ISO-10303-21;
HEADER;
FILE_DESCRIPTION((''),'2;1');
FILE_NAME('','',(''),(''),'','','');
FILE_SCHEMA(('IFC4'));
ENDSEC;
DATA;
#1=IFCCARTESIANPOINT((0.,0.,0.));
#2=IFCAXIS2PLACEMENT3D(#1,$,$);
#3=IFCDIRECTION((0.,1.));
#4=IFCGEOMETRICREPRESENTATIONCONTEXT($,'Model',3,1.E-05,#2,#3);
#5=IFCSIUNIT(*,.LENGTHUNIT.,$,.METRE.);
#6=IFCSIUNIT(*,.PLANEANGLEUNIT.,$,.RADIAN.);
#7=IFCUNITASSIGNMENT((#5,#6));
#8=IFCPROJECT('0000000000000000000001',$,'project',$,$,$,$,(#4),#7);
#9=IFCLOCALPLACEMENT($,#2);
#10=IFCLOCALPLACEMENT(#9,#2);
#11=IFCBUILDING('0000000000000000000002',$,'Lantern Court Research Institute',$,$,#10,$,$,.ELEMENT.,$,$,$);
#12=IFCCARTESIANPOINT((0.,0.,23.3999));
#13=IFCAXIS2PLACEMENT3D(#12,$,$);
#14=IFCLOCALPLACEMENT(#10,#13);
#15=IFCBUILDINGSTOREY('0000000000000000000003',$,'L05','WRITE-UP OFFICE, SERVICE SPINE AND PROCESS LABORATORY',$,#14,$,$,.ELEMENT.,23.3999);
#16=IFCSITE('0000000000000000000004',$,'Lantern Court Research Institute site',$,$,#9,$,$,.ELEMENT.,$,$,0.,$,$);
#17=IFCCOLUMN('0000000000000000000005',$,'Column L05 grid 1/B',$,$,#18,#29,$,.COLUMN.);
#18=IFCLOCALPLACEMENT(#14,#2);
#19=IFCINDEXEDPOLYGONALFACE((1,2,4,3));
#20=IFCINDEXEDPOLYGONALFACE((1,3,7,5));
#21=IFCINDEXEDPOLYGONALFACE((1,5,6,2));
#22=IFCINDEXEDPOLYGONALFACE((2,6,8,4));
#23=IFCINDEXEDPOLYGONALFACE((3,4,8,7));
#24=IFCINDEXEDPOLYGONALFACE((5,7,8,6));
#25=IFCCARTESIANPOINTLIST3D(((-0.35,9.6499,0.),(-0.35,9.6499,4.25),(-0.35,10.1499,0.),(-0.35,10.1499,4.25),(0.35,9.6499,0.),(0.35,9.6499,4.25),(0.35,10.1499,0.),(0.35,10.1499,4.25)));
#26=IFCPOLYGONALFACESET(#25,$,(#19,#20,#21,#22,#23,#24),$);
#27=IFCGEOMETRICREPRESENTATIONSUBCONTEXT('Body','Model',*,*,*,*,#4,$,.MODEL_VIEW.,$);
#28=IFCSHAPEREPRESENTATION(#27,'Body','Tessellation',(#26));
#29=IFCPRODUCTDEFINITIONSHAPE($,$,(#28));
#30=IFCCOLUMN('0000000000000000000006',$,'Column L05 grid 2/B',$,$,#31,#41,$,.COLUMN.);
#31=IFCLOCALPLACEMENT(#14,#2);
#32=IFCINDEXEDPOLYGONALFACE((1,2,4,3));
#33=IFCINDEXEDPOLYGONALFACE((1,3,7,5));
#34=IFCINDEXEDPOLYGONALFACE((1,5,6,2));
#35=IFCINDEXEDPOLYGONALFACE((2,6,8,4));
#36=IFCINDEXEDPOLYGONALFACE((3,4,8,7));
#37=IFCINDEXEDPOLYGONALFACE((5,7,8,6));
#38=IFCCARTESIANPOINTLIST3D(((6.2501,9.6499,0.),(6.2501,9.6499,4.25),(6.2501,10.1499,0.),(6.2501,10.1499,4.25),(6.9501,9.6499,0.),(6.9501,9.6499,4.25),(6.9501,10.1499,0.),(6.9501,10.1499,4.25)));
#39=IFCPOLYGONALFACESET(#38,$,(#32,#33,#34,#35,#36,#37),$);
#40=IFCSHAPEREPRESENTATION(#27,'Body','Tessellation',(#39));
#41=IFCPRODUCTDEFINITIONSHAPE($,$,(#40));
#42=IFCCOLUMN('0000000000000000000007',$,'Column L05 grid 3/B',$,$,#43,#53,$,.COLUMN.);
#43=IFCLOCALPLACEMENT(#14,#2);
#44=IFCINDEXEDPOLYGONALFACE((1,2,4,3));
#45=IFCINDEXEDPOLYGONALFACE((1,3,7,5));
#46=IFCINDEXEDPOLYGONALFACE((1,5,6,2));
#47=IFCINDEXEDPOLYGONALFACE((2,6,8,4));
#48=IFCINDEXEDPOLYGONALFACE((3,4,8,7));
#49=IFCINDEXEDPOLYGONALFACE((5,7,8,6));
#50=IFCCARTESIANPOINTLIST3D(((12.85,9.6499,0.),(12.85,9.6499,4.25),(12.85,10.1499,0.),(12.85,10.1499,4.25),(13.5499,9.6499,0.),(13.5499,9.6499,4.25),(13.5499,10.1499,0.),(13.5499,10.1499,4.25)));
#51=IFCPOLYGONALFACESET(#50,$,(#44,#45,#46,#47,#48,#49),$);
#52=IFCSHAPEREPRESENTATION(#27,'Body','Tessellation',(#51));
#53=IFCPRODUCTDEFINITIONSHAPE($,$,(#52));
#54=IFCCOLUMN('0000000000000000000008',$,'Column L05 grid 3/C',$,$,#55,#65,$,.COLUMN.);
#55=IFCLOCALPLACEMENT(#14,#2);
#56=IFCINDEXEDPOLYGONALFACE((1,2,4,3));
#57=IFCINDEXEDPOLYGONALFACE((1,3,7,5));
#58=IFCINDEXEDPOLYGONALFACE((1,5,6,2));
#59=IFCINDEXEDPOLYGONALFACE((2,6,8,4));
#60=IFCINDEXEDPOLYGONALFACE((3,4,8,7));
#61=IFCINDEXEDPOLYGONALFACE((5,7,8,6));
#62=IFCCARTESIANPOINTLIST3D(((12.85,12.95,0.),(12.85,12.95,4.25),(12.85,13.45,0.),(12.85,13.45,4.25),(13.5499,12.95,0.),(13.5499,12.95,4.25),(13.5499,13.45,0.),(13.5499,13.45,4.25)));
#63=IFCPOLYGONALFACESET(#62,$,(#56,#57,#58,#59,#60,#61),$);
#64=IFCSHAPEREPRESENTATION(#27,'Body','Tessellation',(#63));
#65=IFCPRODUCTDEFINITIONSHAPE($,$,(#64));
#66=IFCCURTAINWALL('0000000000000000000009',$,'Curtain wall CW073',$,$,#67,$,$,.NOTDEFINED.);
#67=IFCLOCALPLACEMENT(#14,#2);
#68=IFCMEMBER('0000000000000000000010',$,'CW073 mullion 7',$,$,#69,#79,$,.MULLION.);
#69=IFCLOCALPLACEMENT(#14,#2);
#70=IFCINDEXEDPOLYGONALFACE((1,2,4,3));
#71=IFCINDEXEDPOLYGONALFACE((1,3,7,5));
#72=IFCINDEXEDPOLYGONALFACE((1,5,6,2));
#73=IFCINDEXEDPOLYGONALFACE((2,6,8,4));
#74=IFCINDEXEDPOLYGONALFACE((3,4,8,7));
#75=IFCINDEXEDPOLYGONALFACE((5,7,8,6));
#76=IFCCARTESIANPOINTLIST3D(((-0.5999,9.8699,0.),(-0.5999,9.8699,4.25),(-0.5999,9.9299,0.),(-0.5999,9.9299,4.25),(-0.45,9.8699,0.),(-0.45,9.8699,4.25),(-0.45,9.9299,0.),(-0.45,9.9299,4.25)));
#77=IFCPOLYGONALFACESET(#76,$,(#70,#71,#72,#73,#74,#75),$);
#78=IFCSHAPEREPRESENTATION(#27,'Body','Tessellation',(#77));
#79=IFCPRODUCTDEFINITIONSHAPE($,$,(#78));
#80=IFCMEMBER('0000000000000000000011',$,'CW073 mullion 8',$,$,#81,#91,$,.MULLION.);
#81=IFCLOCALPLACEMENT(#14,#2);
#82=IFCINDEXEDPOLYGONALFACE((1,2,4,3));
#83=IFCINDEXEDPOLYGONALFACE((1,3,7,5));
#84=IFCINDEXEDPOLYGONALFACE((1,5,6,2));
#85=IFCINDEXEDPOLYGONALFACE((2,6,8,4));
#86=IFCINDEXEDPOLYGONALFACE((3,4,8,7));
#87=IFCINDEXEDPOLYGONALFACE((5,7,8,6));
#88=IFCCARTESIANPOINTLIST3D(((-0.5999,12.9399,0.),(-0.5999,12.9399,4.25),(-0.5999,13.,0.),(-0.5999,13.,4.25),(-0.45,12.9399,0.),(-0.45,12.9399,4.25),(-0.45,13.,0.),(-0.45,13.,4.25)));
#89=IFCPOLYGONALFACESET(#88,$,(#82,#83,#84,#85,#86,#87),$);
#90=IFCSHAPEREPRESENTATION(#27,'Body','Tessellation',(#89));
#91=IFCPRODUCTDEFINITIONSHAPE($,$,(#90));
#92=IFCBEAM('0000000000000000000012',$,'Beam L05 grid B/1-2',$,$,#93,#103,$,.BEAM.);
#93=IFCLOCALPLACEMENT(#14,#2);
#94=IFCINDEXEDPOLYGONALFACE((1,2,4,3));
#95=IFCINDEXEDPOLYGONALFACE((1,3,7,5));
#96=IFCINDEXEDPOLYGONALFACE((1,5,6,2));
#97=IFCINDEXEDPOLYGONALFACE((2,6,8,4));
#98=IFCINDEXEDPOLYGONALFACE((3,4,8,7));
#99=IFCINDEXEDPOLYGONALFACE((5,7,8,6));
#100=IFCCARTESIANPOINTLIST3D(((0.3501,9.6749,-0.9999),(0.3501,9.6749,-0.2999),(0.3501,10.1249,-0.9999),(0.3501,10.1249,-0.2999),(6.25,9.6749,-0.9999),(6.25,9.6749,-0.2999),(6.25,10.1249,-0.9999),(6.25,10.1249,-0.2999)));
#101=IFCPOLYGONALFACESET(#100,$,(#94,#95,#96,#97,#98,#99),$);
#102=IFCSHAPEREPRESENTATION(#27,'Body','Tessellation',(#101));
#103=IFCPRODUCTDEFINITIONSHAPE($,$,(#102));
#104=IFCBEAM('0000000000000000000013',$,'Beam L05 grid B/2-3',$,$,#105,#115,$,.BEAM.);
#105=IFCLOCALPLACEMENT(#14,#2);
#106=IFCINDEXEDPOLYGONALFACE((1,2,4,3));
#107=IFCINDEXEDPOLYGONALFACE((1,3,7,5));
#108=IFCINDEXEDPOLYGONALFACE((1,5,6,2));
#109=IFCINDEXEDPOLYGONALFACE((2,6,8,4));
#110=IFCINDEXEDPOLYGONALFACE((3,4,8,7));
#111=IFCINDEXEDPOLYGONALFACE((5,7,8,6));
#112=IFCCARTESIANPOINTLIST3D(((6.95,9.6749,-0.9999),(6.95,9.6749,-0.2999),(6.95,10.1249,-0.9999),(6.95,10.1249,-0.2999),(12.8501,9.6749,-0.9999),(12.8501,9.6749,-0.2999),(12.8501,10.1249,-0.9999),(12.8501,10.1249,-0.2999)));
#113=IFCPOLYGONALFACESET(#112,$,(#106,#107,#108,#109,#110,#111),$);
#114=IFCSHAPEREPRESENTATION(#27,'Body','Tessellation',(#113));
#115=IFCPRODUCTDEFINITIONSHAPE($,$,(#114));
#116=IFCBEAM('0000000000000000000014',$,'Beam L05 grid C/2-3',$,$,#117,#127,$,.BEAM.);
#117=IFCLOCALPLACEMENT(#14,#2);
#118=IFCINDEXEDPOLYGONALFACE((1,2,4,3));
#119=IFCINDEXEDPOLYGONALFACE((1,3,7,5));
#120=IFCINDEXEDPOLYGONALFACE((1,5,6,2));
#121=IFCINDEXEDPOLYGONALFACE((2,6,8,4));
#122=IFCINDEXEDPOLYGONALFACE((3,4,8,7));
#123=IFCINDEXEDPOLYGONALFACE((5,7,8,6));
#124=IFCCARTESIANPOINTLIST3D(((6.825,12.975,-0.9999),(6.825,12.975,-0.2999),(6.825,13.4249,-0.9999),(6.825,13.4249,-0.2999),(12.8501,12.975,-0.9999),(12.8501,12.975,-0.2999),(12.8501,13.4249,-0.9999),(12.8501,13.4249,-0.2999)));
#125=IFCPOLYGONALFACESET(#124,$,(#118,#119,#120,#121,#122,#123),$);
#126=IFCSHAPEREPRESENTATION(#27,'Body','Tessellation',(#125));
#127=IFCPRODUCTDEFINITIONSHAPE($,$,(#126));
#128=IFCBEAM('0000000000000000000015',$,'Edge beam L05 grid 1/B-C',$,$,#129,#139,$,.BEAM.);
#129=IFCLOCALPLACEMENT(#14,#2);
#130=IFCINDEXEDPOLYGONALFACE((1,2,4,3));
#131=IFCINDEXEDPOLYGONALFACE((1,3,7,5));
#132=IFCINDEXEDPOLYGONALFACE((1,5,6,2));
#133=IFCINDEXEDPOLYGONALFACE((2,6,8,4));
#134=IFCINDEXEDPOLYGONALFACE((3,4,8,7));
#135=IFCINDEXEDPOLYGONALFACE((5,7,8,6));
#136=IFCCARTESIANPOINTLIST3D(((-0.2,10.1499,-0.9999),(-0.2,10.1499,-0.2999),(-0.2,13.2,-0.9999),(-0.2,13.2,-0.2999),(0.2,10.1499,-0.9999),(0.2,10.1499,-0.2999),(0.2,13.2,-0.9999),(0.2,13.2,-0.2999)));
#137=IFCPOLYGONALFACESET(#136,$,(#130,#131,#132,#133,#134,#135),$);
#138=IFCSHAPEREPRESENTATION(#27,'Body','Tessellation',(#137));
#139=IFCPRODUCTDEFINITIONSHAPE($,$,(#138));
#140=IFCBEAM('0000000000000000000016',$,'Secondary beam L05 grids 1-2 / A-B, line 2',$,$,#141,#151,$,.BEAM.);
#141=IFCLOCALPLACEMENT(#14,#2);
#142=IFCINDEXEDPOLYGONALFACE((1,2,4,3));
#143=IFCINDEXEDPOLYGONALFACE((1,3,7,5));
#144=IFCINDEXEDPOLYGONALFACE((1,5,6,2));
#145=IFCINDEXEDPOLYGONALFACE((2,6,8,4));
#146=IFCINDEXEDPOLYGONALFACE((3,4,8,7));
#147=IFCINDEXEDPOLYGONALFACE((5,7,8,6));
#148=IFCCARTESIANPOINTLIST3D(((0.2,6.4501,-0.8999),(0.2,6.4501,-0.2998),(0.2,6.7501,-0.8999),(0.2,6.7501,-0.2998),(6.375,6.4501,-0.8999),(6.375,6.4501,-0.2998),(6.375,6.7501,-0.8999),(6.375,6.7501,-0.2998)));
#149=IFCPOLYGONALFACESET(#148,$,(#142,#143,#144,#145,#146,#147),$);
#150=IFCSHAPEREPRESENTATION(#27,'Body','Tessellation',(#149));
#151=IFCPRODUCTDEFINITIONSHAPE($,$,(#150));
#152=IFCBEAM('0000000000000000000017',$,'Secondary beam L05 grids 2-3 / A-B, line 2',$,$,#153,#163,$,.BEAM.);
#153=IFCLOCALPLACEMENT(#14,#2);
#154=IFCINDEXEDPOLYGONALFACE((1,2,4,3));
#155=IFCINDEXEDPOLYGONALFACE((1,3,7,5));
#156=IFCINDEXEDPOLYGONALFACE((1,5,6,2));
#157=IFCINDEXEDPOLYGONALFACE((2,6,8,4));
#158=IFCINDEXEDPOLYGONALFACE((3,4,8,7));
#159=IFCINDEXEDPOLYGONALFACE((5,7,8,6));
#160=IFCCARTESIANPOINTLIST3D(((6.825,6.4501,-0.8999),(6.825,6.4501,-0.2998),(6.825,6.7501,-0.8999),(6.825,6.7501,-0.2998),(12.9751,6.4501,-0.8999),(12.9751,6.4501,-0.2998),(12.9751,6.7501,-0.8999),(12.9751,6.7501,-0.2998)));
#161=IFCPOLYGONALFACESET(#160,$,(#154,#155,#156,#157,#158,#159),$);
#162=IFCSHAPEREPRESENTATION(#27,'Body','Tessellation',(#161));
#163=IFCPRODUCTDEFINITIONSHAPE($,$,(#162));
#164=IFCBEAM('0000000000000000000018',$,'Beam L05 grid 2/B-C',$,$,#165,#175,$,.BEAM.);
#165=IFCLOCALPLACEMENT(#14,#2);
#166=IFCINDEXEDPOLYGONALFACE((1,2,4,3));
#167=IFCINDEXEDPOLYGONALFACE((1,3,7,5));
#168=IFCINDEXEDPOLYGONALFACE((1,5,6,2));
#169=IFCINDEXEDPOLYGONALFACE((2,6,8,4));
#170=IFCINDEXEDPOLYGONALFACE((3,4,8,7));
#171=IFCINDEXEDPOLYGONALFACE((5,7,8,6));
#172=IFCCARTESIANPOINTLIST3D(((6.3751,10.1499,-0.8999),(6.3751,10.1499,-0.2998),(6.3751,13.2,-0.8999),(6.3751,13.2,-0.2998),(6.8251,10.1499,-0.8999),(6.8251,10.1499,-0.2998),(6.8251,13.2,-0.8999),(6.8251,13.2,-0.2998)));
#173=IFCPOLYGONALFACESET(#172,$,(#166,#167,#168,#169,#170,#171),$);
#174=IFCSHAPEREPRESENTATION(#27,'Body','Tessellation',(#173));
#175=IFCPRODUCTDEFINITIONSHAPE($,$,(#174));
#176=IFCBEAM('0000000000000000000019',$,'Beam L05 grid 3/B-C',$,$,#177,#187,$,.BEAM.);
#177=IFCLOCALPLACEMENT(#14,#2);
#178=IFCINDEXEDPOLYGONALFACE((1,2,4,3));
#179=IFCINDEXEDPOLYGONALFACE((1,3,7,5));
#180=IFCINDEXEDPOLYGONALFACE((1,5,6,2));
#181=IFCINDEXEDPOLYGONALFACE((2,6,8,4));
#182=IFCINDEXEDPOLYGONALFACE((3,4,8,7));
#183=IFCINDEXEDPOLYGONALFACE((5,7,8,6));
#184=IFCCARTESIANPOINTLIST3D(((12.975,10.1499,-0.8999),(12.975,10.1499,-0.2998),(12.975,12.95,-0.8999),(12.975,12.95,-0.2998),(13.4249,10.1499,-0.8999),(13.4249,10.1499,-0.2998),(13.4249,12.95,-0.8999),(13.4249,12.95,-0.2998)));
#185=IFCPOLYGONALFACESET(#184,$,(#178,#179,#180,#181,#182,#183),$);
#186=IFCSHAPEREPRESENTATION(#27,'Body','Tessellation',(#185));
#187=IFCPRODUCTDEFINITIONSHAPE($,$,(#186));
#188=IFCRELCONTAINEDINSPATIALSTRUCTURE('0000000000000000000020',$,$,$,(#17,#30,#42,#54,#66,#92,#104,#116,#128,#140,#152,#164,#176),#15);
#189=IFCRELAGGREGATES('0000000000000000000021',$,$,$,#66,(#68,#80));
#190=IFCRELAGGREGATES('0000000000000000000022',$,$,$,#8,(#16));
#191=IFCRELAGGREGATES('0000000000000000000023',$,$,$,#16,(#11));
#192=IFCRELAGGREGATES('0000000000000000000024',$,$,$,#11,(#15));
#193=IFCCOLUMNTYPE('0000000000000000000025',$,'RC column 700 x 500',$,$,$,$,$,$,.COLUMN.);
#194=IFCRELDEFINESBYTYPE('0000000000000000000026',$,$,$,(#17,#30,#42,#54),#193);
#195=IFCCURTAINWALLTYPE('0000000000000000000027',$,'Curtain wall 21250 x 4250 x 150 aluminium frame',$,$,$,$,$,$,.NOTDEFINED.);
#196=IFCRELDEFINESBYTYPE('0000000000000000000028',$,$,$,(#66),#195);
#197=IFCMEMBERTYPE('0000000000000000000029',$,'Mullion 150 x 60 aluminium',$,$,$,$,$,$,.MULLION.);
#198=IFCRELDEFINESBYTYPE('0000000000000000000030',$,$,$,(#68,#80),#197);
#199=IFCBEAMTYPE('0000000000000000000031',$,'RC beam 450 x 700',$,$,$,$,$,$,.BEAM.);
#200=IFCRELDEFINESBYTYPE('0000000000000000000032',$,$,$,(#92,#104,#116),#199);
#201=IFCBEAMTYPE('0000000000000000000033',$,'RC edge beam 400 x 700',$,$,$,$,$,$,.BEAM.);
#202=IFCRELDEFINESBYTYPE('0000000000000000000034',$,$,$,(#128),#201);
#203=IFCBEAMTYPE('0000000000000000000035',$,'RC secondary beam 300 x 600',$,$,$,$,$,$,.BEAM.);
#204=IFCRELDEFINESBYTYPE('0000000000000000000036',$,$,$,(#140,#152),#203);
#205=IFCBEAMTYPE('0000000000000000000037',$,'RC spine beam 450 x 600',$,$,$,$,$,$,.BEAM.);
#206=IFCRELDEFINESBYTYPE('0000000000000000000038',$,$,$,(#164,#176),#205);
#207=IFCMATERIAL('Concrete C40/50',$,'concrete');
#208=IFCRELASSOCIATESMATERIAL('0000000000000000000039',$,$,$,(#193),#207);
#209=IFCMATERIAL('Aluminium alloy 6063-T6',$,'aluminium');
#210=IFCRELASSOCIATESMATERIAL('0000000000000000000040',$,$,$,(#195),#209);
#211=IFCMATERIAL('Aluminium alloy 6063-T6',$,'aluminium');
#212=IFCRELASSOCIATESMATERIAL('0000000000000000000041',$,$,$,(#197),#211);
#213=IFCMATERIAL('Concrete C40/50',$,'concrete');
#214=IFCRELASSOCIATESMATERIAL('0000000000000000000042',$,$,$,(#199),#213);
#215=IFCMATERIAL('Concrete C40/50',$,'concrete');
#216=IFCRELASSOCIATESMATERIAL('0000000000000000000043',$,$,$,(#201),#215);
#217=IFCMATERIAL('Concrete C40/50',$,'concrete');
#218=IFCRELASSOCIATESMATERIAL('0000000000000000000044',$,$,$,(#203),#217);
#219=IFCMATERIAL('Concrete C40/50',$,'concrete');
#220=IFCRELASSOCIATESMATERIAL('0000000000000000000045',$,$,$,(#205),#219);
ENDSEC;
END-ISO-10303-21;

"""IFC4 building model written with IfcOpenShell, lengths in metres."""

from ifc_helpers import new_model, si_unit, direction, frame, origin, origin_2d, place, context, subcontext, project, spatial, rectangle, extrude, material, material_profile, profile_set, type_object, element, aggregate, save


model = new_model("IFC4")

# Units and contexts
model_context = context("Model", 3, precision=1e-05, world=origin(), true_north=direction((0.0, 1.0)))
body_context = subcontext(model_context, "Body", "Model", "MODEL_VIEW")
ifc_project = project(units=[si_unit("LENGTHUNIT", "METRE"), si_unit("PLANEANGLEUNIT", "RADIAN")], contexts=[model_context])

# Site, building, storey
site_placement = place(None, origin())
site = spatial("IfcSite", under=ifc_project, at=site_placement, Name="Lantern Court Research Institute site", CompositionType="ELEMENT", RefElevation=0.0)
building_placement = place(site_placement, origin())
building = spatial("IfcBuilding", under=site, at=building_placement, Name="Lantern Court Research Institute", CompositionType="ELEMENT")
storey_placement = place(building_placement, frame((0.0, 0.0, 23.3999)))
storey = spatial("IfcBuildingStorey", under=building, at=storey_placement, Name="L05", Description="WRITE-UP OFFICE, SERVICE SPINE AND PROCESS LABORATORY", CompositionType="ELEMENT", Elevation=23.3999)

# Columns
ifc_material_1 = material(Name="Concrete C40/50", Category="concrete")
ifc_material_profile_1 = material_profile(ifc_material_1, rectangle(XDim=0.7, YDim=0.5, at=origin_2d()), Name="RC column 700 x 500")
ifc_profile_set_1 = profile_set([ifc_material_profile_1], Name="Concrete C40/50")
column_type = type_object("IfcColumnType", Name="RC column 700 x 500", PredefinedType="COLUMN", material=ifc_profile_set_1)
for number, where, z_axis, x_axis, name in (
    (1, (0.0, 9.8999, 0.0), (0.0, 0.0, 1.0), (1.0, 0.0, 0.0), "Column L05 grid 1/B"),
    (2, (6.6001, 9.8999, 0.0), (0.0, 0.0, 1.0), (1.0, 0.0, 0.0), "Column L05 grid 2/B"),
    (3, (13.2, 9.8999, 0.0), (0.0, 0.0, 1.0), (1.0, 0.0, 0.0), "Column L05 grid 3/B"),
    (4, (13.2, 13.2, 0.0), (0.0, 0.0, 1.0), (1.0, 0.0, 0.0), "Column L05 grid 3/C"),
):
    element("IfcColumn", number, at=place(storey_placement, frame(where, z_axis=z_axis, x_axis=x_axis)), inside=storey, type_object=column_type, Name=name, PredefinedType="COLUMN", context=body_context, shape_type="SweptSolid", body=[
        extrude(rectangle(XDim=0.7, YDim=0.5, at=origin_2d()), origin(), (0.0, 0.0, 1.0), 4.25),
    ])

# Curtain wall, members
ifc_material_2 = material(Name="Aluminium alloy 6063-T6", Category="aluminium")
curtain_wall_type = type_object("IfcCurtainWallType", Name="Curtain wall 21250 x 4250 x 150 aluminium frame", PredefinedType="NOTDEFINED", material=ifc_material_2)
curtain_wall_placement = place(storey_placement, origin())
curtain_wall = element("IfcCurtainWall", 5, at=curtain_wall_placement, inside=storey, type_object=curtain_wall_type, Name="Curtain wall CW073", PredefinedType="NOTDEFINED")
ifc_material_3 = material(Name="Aluminium alloy 6063-T6", Category="aluminium")
ifc_material_profile_2 = material_profile(ifc_material_3, rectangle(XDim=0.1499, YDim=0.0601, at=origin_2d()), Name="Mullion 150 x 60")
ifc_profile_set_2 = profile_set([ifc_material_profile_2], Name="Aluminium alloy 6063-T6")
member_type_1 = type_object("IfcMemberType", Name="Mullion 150 x 60 aluminium", PredefinedType="MULLION", material=ifc_profile_set_2)
member_1_placement = place(storey_placement, frame((-0.5249, 9.8999, 0.0), z_axis=(0.0, 0.0, 1.0), x_axis=(-1.0, 0.0, 0.0)))
member_1 = element("IfcMember", 6, at=member_1_placement, type_object=member_type_1, Name="CW073 mullion 7", PredefinedType="MULLION", context=body_context, shape_type="SweptSolid", body=[
    extrude(rectangle(XDim=0.1499, YDim=0.0601, at=origin_2d()), origin(), (0.0, 0.0, 1.0), 4.25),
])
member_2_placement = place(storey_placement, frame((-0.5249, 12.97, 0.0), z_axis=(0.0, 0.0, 1.0), x_axis=(-1.0, 0.0, 0.0)))
member_2 = element("IfcMember", 7, at=member_2_placement, type_object=member_type_1, Name="CW073 mullion 8", PredefinedType="MULLION", context=body_context, shape_type="SweptSolid", body=[
    extrude(rectangle(XDim=0.1499, YDim=0.0601, at=origin_2d()), origin(), (0.0, 0.0, 1.0), 4.25),
])

# Beams
ifc_material_4 = material(Name="Concrete C40/50", Category="concrete")
ifc_material_profile_3 = material_profile(ifc_material_4, rectangle(XDim=0.45, YDim=0.7, at=origin_2d()), Name="RC beam 450 x 700")
ifc_profile_set_3 = profile_set([ifc_material_profile_3], Name="Concrete C40/50")
beam_type_1 = type_object("IfcBeamType", Name="RC beam 450 x 700", PredefinedType="BEAM", material=ifc_profile_set_3)
beam_1_placement = place(storey_placement, frame((0.3501, 9.8999, -0.6499), z_axis=(1.0, 0.0, 0.0), x_axis=(0.0, 1.0, 0.0)))
element("IfcBeam", 8, at=beam_1_placement, inside=storey, type_object=beam_type_1, Name="Beam L05 grid B/1-2", PredefinedType="BEAM", context=body_context, shape_type="SweptSolid", body=[
    extrude(rectangle(XDim=0.45, YDim=0.7, at=origin_2d()), origin(), (0.0, 0.0, 1.0), 5.8999),
])
beam_2_placement = place(storey_placement, frame((6.95, 9.8999, -0.6499), z_axis=(1.0, 0.0, 0.0), x_axis=(0.0, 1.0, 0.0)))
element("IfcBeam", 9, at=beam_2_placement, inside=storey, type_object=beam_type_1, Name="Beam L05 grid B/2-3", PredefinedType="BEAM", context=body_context, shape_type="SweptSolid", body=[
    extrude(rectangle(XDim=0.45, YDim=0.7, at=origin_2d()), origin(), (0.0, 0.0, 1.0), 5.9001),
])
beam_3_placement = place(storey_placement, frame((6.825, 13.2, -0.6499), z_axis=(1.0, 0.0, 0.0), x_axis=(0.0, 1.0, 0.0)))
element("IfcBeam", 10, at=beam_3_placement, inside=storey, type_object=beam_type_1, Name="Beam L05 grid C/2-3", PredefinedType="BEAM", context=body_context, shape_type="SweptSolid", body=[
    extrude(rectangle(XDim=0.45, YDim=0.7, at=origin_2d()), origin(), (0.0, 0.0, 1.0), 6.0251),
])
ifc_material_5 = material(Name="Concrete C40/50", Category="concrete")
ifc_material_profile_4 = material_profile(ifc_material_5, rectangle(XDim=0.3999, YDim=0.7, at=origin_2d()), Name="RC beam 400 x 700")
ifc_profile_set_4 = profile_set([ifc_material_profile_4], Name="Concrete C40/50")
beam_type_2 = type_object("IfcBeamType", Name="RC edge beam 400 x 700", PredefinedType="BEAM", material=ifc_profile_set_4)
beam_4_placement = place(storey_placement, frame((0.0, 10.1499, -0.6499), z_axis=(0.0, 1.0, 0.0), x_axis=(-1.0, 0.0, 0.0)))
element("IfcBeam", 11, at=beam_4_placement, inside=storey, type_object=beam_type_2, Name="Edge beam L05 grid 1/B-C", PredefinedType="BEAM", context=body_context, shape_type="SweptSolid", body=[
    extrude(rectangle(XDim=0.3999, YDim=0.7, at=origin_2d()), origin(), (0.0, 0.0, 1.0), 3.05),
])
ifc_material_6 = material(Name="Concrete C40/50", Category="concrete")
ifc_material_profile_5 = material_profile(ifc_material_6, rectangle(XDim=0.3, YDim=0.6001, at=origin_2d()), Name="RC beam 300 x 600")
ifc_profile_set_5 = profile_set([ifc_material_profile_5], Name="Concrete C40/50")
beam_type_3 = type_object("IfcBeamType", Name="RC secondary beam 300 x 600", PredefinedType="BEAM", material=ifc_profile_set_5)
beam_5_placement = place(storey_placement, frame((0.2, 6.6001, -0.5999), z_axis=(1.0, 0.0, 0.0), x_axis=(0.0, 1.0, 0.0)))
element("IfcBeam", 12, at=beam_5_placement, inside=storey, type_object=beam_type_3, Name="Secondary beam L05 grids 1-2 / A-B, line 2", PredefinedType="BEAM", context=body_context, shape_type="SweptSolid", body=[
    extrude(rectangle(XDim=0.3, YDim=0.6001, at=origin_2d()), origin(), (0.0, 0.0, 1.0), 6.175),
])
beam_6_placement = place(storey_placement, frame((6.825, 6.6001, -0.5999), z_axis=(1.0, 0.0, 0.0), x_axis=(0.0, 1.0, 0.0)))
element("IfcBeam", 13, at=beam_6_placement, inside=storey, type_object=beam_type_3, Name="Secondary beam L05 grids 2-3 / A-B, line 2", PredefinedType="BEAM", context=body_context, shape_type="SweptSolid", body=[
    extrude(rectangle(XDim=0.3, YDim=0.6001, at=origin_2d()), origin(), (0.0, 0.0, 1.0), 6.1501),
])
ifc_material_7 = material(Name="Concrete C40/50", Category="concrete")
ifc_material_profile_6 = material_profile(ifc_material_7, rectangle(XDim=0.45, YDim=0.6001, at=origin_2d()), Name="RC beam 450 x 600")
ifc_profile_set_6 = profile_set([ifc_material_profile_6], Name="Concrete C40/50")
beam_type_4 = type_object("IfcBeamType", Name="RC spine beam 450 x 600", PredefinedType="BEAM", material=ifc_profile_set_6)
beam_7_placement = place(storey_placement, frame((6.6001, 10.1499, -0.5999), z_axis=(0.0, 1.0, 0.0), x_axis=(-1.0, 0.0, 0.0)))
element("IfcBeam", 14, at=beam_7_placement, inside=storey, type_object=beam_type_4, Name="Beam L05 grid 2/B-C", PredefinedType="BEAM", context=body_context, shape_type="SweptSolid", body=[
    extrude(rectangle(XDim=0.45, YDim=0.6001, at=origin_2d()), origin(), (0.0, 0.0, 1.0), 3.05),
])
beam_8_placement = place(storey_placement, frame((13.2, 10.1499, -0.5999), z_axis=(0.0, 1.0, 0.0), x_axis=(-1.0, 0.0, 0.0)))
element("IfcBeam", 15, at=beam_8_placement, inside=storey, type_object=beam_type_4, Name="Beam L05 grid 3/B-C", PredefinedType="BEAM", context=body_context, shape_type="SweptSolid", body=[
    extrude(rectangle(XDim=0.45, YDim=0.6001, at=origin_2d()), origin(), (0.0, 0.0, 1.0), 2.8),
])

aggregate(curtain_wall, [member_1, member_2])

save(model, "model.ifc")
